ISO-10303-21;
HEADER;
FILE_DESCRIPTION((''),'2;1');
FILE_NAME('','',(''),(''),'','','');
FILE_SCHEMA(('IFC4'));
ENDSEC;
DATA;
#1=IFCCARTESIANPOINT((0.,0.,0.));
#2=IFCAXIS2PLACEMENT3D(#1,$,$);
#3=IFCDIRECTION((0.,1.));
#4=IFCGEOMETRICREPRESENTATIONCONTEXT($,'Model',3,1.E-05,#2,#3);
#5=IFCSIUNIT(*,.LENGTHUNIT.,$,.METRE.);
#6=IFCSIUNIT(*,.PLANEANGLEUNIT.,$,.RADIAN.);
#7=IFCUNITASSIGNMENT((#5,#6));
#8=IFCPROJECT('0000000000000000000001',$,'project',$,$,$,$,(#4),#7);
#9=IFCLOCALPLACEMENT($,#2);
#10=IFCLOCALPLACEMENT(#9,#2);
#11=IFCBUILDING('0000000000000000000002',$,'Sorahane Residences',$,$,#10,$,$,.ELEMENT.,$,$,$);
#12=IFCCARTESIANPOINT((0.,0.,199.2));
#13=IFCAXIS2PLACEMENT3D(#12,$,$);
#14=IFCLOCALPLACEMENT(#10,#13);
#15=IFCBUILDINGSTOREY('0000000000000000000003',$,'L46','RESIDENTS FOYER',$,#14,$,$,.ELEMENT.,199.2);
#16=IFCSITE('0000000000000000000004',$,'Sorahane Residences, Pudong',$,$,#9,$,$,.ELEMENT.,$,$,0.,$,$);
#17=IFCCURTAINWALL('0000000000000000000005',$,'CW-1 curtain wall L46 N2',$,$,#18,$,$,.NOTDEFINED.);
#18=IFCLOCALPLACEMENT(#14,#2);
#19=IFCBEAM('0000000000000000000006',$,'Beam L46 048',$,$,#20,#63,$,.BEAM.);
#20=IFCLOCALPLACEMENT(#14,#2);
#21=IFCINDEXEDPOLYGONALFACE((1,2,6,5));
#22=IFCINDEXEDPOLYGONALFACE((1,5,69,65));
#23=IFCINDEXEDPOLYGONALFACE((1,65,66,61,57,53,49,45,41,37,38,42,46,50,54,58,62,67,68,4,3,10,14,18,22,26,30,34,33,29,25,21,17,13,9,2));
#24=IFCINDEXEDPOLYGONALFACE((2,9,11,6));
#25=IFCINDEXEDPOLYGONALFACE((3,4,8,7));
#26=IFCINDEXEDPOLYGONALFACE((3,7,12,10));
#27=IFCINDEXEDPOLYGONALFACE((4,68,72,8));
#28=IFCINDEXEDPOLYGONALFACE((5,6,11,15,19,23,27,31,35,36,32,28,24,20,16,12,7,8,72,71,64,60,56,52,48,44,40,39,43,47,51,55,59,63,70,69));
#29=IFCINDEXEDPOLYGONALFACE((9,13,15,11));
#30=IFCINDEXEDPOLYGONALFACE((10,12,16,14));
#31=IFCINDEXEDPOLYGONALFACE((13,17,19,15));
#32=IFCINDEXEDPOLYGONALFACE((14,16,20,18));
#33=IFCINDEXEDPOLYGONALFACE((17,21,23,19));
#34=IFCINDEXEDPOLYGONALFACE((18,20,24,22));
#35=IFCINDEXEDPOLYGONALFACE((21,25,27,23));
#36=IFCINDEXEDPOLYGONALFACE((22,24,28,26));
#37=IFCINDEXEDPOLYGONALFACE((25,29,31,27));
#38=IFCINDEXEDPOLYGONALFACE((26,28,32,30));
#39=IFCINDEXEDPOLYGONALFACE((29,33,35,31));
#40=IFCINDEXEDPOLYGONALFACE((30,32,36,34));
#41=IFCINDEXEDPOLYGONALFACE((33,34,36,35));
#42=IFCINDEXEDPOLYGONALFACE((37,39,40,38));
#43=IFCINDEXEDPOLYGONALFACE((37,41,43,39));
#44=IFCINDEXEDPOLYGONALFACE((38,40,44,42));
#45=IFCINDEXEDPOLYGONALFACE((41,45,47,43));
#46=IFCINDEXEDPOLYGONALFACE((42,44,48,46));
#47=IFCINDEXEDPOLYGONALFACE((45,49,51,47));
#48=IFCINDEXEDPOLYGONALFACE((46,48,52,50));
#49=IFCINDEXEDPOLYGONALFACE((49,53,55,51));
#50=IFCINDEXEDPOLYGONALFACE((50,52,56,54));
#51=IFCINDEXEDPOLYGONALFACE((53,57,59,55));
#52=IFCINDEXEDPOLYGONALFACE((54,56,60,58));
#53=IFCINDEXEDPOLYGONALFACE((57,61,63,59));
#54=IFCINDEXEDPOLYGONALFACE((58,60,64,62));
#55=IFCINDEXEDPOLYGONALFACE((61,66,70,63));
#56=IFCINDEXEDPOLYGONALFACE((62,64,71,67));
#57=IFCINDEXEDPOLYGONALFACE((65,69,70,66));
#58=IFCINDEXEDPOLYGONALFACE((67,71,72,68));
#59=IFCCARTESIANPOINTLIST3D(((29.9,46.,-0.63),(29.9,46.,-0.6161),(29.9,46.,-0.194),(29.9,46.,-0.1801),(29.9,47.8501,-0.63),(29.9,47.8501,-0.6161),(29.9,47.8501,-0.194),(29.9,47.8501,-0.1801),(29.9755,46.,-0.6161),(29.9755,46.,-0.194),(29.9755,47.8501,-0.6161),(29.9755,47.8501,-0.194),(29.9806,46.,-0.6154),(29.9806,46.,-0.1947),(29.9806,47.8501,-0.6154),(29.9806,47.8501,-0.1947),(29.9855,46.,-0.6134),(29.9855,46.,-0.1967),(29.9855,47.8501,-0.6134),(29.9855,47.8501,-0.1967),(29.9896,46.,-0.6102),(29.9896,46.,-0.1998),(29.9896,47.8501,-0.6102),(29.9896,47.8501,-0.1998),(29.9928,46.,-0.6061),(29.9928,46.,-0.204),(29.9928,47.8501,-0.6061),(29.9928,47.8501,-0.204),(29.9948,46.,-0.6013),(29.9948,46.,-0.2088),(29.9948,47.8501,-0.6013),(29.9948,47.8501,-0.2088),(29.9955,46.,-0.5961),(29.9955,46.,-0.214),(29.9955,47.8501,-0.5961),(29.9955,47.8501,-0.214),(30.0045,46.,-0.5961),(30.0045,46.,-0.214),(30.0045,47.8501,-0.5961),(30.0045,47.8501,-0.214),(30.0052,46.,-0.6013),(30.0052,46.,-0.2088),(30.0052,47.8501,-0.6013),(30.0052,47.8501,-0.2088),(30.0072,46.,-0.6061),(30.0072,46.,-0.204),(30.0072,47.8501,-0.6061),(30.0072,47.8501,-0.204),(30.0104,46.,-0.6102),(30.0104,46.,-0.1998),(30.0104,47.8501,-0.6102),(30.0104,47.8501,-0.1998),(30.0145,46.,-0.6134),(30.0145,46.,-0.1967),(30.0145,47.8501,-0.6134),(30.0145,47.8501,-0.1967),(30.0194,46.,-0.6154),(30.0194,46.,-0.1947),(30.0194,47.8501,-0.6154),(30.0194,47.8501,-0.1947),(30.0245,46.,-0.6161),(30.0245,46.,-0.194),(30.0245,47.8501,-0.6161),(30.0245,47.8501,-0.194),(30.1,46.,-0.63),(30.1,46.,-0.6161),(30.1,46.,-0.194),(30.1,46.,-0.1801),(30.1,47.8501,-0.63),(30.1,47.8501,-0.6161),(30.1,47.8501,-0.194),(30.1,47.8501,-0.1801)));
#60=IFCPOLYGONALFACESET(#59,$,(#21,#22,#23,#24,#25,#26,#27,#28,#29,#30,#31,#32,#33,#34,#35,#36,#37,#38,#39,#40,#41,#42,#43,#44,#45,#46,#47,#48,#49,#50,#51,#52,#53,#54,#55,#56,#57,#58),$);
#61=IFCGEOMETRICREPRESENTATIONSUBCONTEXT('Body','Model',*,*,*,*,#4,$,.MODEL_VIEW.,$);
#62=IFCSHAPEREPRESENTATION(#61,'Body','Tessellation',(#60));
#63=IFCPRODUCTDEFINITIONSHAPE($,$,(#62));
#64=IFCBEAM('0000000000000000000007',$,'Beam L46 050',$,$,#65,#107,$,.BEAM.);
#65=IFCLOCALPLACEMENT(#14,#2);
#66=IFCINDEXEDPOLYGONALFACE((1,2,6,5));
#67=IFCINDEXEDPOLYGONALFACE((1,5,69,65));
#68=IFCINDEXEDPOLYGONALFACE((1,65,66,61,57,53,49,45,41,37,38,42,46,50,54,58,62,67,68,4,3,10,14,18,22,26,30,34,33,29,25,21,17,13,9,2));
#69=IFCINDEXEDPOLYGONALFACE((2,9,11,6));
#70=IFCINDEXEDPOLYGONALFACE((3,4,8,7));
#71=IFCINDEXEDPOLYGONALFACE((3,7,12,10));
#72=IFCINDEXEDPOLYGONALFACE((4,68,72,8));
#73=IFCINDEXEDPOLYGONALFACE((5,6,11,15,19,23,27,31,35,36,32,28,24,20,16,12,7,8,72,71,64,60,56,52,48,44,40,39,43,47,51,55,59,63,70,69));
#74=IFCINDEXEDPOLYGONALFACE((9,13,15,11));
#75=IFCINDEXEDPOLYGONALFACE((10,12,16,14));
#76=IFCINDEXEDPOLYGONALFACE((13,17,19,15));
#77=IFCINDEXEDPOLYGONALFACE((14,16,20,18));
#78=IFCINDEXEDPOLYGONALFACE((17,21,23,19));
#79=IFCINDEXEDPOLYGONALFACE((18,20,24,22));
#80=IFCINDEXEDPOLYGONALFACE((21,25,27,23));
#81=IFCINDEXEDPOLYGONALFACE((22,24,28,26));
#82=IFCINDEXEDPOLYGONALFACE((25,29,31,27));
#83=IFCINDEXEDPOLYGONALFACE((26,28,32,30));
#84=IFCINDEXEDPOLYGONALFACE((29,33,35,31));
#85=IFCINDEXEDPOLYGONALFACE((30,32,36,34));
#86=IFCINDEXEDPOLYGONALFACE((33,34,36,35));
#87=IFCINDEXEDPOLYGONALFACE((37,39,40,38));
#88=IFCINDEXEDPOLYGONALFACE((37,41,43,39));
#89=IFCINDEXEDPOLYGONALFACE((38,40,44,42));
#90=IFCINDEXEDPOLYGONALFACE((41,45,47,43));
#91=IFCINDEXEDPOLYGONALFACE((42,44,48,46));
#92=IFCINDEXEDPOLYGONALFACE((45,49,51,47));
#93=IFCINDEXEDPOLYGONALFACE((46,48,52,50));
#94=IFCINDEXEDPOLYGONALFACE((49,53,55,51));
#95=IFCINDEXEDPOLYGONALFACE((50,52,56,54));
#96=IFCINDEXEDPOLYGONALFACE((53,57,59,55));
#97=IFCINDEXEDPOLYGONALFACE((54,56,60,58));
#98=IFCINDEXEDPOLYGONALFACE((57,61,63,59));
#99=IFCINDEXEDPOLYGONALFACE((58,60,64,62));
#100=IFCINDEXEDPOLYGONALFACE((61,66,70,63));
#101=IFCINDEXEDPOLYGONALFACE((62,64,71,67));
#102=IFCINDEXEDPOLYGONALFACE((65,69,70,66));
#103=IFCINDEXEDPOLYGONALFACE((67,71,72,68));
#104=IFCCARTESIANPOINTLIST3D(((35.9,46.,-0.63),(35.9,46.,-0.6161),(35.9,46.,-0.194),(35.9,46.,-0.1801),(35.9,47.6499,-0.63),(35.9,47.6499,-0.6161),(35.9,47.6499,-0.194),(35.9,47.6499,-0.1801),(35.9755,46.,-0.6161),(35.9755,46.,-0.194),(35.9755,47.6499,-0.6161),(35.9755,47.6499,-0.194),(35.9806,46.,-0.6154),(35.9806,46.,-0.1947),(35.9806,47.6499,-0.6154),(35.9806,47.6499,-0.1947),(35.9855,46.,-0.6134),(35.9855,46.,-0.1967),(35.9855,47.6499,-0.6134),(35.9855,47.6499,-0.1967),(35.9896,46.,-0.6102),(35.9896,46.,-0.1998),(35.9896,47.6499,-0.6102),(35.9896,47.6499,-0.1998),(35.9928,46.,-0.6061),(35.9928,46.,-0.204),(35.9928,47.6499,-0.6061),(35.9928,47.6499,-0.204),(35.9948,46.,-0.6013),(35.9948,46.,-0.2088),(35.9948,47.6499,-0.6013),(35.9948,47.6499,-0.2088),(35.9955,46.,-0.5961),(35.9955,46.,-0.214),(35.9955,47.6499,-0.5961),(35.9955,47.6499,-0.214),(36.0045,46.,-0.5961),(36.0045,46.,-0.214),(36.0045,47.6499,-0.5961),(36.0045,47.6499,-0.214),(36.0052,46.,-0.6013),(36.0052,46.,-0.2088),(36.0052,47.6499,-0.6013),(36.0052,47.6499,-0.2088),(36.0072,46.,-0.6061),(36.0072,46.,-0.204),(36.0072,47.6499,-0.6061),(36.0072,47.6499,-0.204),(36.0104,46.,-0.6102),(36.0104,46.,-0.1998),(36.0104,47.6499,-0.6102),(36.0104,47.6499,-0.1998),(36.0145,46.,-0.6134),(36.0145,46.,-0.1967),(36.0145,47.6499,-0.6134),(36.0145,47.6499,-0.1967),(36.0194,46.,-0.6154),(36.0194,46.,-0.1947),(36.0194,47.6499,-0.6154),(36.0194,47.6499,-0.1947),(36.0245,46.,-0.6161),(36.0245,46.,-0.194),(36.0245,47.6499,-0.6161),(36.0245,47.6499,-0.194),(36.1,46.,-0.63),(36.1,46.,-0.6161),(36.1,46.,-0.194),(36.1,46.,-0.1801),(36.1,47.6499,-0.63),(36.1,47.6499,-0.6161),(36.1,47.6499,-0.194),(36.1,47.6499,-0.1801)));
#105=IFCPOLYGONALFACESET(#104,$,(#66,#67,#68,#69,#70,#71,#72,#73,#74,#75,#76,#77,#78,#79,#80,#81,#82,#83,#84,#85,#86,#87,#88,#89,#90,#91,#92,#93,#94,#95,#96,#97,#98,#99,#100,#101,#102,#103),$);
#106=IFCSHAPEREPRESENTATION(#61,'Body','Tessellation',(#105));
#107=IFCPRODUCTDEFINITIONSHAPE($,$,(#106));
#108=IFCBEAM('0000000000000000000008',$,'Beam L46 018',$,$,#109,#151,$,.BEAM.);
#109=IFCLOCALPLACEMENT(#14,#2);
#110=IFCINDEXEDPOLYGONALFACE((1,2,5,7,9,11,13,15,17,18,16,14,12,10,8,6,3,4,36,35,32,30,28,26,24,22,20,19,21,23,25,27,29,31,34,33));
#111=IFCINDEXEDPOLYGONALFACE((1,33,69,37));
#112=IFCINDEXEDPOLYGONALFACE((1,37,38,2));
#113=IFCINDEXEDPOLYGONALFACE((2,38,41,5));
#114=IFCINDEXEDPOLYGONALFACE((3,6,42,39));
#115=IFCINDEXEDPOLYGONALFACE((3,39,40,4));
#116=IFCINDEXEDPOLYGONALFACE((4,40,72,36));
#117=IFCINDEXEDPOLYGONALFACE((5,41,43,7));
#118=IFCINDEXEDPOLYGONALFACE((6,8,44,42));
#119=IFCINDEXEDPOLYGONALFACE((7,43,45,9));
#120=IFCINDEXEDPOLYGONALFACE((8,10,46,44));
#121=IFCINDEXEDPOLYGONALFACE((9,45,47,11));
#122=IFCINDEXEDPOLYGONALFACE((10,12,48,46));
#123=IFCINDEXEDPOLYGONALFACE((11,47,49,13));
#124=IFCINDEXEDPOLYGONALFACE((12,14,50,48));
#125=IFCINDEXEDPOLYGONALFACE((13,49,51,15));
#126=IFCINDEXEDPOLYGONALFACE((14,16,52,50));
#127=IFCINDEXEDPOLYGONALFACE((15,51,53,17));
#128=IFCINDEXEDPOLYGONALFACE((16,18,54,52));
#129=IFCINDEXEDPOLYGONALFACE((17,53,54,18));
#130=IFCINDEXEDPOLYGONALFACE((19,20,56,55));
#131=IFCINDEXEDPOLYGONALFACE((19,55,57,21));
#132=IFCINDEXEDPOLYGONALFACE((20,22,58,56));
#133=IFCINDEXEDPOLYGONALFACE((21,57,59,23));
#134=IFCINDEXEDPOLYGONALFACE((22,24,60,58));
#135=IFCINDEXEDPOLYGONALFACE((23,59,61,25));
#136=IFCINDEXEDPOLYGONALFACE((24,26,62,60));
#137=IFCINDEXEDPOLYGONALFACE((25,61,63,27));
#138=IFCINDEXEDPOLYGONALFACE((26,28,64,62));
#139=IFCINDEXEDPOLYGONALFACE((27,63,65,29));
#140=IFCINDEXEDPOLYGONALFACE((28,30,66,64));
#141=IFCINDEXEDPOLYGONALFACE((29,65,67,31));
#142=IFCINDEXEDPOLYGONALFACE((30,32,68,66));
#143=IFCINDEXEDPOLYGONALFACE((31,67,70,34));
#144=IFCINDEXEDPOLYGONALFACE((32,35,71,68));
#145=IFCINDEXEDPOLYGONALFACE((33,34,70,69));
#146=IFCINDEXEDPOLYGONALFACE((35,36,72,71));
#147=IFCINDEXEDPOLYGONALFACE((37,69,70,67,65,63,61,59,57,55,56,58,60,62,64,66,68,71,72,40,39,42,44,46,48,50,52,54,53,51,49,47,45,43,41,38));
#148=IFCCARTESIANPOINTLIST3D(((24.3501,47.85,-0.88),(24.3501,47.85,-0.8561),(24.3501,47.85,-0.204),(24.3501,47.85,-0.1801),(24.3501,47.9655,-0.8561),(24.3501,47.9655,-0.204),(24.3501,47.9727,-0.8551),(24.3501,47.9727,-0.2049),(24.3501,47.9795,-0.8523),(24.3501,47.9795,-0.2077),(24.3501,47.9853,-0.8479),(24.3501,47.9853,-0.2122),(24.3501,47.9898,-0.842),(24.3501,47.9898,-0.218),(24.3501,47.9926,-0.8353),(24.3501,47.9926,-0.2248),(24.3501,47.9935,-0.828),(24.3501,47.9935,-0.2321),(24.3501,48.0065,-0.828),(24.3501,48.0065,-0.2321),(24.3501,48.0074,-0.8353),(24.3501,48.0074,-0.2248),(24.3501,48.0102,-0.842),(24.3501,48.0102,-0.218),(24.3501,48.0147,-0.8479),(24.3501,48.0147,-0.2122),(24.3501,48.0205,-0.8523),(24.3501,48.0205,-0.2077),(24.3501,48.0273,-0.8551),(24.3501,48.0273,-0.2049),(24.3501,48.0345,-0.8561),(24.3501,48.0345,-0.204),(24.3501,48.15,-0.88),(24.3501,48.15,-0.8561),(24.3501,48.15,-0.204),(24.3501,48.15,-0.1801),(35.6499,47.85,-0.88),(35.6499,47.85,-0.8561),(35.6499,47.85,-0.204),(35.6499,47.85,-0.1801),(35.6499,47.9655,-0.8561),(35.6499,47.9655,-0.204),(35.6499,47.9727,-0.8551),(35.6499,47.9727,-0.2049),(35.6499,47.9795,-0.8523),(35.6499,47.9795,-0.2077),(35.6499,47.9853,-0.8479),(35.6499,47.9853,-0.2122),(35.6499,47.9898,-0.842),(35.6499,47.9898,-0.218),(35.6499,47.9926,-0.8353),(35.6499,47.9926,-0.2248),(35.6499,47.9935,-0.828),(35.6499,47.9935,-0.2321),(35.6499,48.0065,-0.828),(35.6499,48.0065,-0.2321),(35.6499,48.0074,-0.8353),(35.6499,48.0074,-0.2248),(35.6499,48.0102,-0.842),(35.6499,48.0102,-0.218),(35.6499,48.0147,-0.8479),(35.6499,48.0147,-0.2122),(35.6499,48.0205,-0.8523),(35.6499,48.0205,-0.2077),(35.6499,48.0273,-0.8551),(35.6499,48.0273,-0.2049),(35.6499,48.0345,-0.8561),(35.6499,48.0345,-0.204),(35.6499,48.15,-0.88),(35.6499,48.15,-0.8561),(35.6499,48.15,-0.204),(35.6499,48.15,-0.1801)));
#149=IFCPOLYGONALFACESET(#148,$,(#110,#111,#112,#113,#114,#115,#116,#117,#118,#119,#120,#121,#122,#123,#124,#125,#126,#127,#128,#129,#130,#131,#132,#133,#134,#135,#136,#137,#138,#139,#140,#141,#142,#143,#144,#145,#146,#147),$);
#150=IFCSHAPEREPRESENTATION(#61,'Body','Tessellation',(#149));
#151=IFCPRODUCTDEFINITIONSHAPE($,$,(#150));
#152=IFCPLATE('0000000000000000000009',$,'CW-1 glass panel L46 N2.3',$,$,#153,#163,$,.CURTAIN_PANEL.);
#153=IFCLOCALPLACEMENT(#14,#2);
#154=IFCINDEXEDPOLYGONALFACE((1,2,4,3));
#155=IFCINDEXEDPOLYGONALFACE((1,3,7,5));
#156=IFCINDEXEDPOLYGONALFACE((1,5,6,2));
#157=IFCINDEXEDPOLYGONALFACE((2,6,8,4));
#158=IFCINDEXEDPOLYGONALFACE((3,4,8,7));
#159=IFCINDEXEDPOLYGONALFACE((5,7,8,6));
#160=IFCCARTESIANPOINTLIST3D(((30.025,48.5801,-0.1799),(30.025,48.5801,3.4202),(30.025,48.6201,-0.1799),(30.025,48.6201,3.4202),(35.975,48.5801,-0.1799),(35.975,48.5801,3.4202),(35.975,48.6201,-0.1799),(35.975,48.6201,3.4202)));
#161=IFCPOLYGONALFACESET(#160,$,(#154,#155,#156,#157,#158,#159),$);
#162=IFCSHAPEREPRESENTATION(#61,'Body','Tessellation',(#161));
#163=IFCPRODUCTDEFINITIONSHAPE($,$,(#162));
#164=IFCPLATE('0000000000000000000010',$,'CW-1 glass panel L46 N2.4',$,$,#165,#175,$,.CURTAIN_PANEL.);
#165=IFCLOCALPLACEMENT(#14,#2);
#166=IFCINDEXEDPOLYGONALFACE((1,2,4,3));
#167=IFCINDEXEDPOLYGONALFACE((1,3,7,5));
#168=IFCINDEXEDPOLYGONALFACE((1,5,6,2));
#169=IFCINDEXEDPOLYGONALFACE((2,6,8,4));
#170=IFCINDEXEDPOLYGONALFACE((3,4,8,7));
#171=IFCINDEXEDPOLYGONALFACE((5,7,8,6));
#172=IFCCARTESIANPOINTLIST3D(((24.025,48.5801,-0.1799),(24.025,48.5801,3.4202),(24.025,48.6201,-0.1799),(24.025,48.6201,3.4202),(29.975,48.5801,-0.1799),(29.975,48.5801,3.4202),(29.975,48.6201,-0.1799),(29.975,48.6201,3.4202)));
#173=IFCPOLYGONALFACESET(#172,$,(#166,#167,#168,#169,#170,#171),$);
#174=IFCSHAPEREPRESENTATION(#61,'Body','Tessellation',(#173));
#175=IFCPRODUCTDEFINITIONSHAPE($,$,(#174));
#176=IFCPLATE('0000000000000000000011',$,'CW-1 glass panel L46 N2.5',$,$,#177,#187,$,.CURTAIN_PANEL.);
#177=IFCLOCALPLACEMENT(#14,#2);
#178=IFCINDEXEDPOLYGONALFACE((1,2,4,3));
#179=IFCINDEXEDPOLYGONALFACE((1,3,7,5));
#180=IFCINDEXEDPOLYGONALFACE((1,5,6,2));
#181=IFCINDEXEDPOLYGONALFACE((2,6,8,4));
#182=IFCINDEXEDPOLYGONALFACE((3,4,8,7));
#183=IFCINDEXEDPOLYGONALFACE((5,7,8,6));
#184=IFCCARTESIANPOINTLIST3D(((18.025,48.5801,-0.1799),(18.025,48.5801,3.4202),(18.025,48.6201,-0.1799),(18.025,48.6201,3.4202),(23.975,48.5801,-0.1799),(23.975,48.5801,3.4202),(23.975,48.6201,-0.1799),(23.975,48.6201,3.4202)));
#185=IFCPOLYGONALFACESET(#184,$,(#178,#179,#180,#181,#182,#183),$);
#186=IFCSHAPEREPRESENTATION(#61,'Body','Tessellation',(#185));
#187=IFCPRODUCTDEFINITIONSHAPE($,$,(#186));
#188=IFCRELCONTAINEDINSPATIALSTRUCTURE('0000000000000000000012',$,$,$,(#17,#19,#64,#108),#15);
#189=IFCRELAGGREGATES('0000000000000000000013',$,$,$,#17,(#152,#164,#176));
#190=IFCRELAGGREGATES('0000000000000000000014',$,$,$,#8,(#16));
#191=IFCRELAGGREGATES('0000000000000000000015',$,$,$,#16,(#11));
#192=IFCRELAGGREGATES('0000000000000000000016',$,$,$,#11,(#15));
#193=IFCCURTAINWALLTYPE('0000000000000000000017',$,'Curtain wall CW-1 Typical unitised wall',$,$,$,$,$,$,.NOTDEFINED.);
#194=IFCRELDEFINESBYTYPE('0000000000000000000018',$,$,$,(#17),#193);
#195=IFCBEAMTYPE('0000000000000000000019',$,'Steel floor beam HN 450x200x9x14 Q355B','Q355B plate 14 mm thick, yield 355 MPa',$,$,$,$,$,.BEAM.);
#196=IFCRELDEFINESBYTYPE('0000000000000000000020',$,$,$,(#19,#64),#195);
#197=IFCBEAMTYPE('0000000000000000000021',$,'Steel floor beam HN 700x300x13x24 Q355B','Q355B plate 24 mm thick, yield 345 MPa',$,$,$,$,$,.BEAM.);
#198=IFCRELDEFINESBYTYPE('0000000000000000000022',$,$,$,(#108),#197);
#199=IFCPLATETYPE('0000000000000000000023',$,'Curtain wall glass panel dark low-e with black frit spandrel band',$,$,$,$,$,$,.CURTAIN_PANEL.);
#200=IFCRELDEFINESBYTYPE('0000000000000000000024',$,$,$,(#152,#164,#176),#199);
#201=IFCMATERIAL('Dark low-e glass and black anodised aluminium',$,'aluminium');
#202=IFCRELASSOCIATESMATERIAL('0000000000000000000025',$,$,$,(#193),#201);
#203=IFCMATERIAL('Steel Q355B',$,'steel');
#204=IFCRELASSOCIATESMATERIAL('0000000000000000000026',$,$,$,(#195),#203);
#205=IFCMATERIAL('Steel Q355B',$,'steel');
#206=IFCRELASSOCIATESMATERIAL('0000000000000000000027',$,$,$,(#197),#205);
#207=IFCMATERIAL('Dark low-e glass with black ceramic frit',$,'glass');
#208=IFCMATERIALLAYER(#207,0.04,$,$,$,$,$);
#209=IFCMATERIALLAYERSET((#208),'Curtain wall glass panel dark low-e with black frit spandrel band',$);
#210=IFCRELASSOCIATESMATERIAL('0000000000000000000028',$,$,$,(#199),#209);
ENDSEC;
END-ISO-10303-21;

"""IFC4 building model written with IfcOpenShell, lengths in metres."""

from ifc_helpers import new_model, si_unit, direction, frame, origin, origin_2d, place, context, subcontext, project, spatial, rectangle, i_section, extrude, material, layer, layer_set, material_profile, profile_set, type_object, element, aggregate, save


model = new_model("IFC4")

# Units and contexts
model_context = context("Model", 3, precision=1e-05, world=origin(), true_north=direction((0.0, 1.0)))
body_context = subcontext(model_context, "Body", "Model", "MODEL_VIEW")
ifc_project = project(units=[si_unit("LENGTHUNIT", "METRE"), si_unit("PLANEANGLEUNIT", "RADIAN")], contexts=[model_context])

# Site, building, storey
site_placement = place(None, origin())
site = spatial("IfcSite", under=ifc_project, at=site_placement, Name="Sorahane Residences, Pudong", CompositionType="ELEMENT", RefElevation=0.0)
building_placement = place(site_placement, origin())
building = spatial("IfcBuilding", under=site, at=building_placement, Name="Sorahane Residences", CompositionType="ELEMENT")
storey_placement = place(building_placement, frame((0.0, 0.0, 199.2)))
storey = spatial("IfcBuildingStorey", under=building, at=storey_placement, Name="L46", Description="RESIDENTS FOYER", CompositionType="ELEMENT", Elevation=199.2)

# Curtain wall
ifc_material_1 = material(Name="Dark low-e glass and black anodised aluminium", Category="aluminium")
curtain_wall_type = type_object("IfcCurtainWallType", Name="Curtain wall CW-1 Typical unitised wall", PredefinedType="NOTDEFINED", material=ifc_material_1)
curtain_wall_placement = place(storey_placement, origin())
curtain_wall = element("IfcCurtainWall", 1, at=curtain_wall_placement, inside=storey, type_object=curtain_wall_type, Name="CW-1 curtain wall L46 N2", PredefinedType="NOTDEFINED")

# Beams
ifc_material_2 = material(Name="Steel Q355B", Category="steel")
ifc_material_profile_1 = material_profile(ifc_material_2, i_section(OverallWidth=0.2, OverallDepth=0.45, WebThickness=0.009, FlangeThickness=0.0139, FilletRadius=0.02, at=origin_2d()), Name="HN 450x200x9x14")
ifc_profile_set_1 = profile_set([ifc_material_profile_1], Name="Steel Q355B")
beam_type_1 = type_object("IfcBeamType", Name="Steel floor beam HN 450x200x9x14 Q355B", Description="Q355B plate 14 mm thick, yield 355 MPa", PredefinedType="BEAM", material=ifc_profile_set_1)
beam_1_placement = place(storey_placement, frame((30.0, 46.0, -0.405), z_axis=(0.0, 1.0, 0.0), x_axis=(-1.0, 0.0, 0.0)))
element("IfcBeam", 2, at=beam_1_placement, inside=storey, type_object=beam_type_1, Name="Beam L46 048", PredefinedType="BEAM", context=body_context, shape_type="SweptSolid", body=[
    extrude(i_section(OverallWidth=0.2, OverallDepth=0.45, WebThickness=0.009, FlangeThickness=0.0139, FilletRadius=0.02, at=origin_2d()), origin(), (0.0, 0.0, 1.0), 1.8501),
])
beam_2_placement = place(storey_placement, frame((36.0, 46.0, -0.405), z_axis=(0.0, 1.0, 0.0), x_axis=(-1.0, 0.0, 0.0)))
element("IfcBeam", 3, at=beam_2_placement, inside=storey, type_object=beam_type_1, Name="Beam L46 050", PredefinedType="BEAM", context=body_context, shape_type="SweptSolid", body=[
    extrude(i_section(OverallWidth=0.2, OverallDepth=0.45, WebThickness=0.009, FlangeThickness=0.0139, FilletRadius=0.02, at=origin_2d()), origin(), (0.0, 0.0, 1.0), 1.6499),
])
ifc_material_3 = material(Name="Steel Q355B", Category="steel")
ifc_material_profile_2 = material_profile(ifc_material_3, i_section(OverallWidth=0.3, OverallDepth=0.7, WebThickness=0.0129, FlangeThickness=0.0239, FilletRadius=0.0281, at=origin_2d()), Name="HN 700x300x13x24")
ifc_profile_set_2 = profile_set([ifc_material_profile_2], Name="Steel Q355B")
beam_type_2 = type_object("IfcBeamType", Name="Steel floor beam HN 700x300x13x24 Q355B", Description="Q355B plate 24 mm thick, yield 345 MPa", PredefinedType="BEAM", material=ifc_profile_set_2)
beam_3_placement = place(storey_placement, frame((24.3501, 48.0, -0.53), z_axis=(1.0, 0.0, 0.0), x_axis=(0.0, 1.0, 0.0)))
element("IfcBeam", 4, at=beam_3_placement, inside=storey, type_object=beam_type_2, Name="Beam L46 018", PredefinedType="BEAM", context=body_context, shape_type="SweptSolid", body=[
    extrude(i_section(OverallWidth=0.3, OverallDepth=0.7, WebThickness=0.0129, FlangeThickness=0.0239, FilletRadius=0.0281, at=origin_2d()), origin(), (0.0, 0.0, 1.0), 11.2998),
])

# Plates
ifc_material_4 = material(Name="Dark low-e glass with black ceramic frit", Category="glass")
ifc_layer_1 = layer(ifc_material_4, 0.04)
ifc_layer_set_1 = layer_set([ifc_layer_1], Name="Curtain wall glass panel dark low-e with black frit spandrel band")
plate_type = type_object("IfcPlateType", Name="Curtain wall glass panel dark low-e with black frit spandrel band", PredefinedType="CURTAIN_PANEL", material=ifc_layer_set_1)
plate_1_placement = place(storey_placement, frame((33.0, 48.6001, -0.1799), z_axis=(0.0, 0.0, 1.0), x_axis=(-1.0, 0.0, 0.0)))
plate_1 = element("IfcPlate", 5, at=plate_1_placement, type_object=plate_type, Name="CW-1 glass panel L46 N2.3", PredefinedType="CURTAIN_PANEL", context=body_context, shape_type="SweptSolid", body=[
    extrude(rectangle(XDim=5.95, YDim=0.04, at=origin_2d()), origin(), (0.0, 0.0, 1.0), 3.6001),
])
plate_2_placement = place(storey_placement, frame((27.0, 48.6001, -0.1799), z_axis=(0.0, 0.0, 1.0), x_axis=(-1.0, 0.0, 0.0)))
plate_2 = element("IfcPlate", 6, at=plate_2_placement, type_object=plate_type, Name="CW-1 glass panel L46 N2.4", PredefinedType="CURTAIN_PANEL", context=body_context, shape_type="SweptSolid", body=[
    extrude(rectangle(XDim=5.95, YDim=0.04, at=origin_2d()), origin(), (0.0, 0.0, 1.0), 3.6001),
])
plate_3_placement = place(storey_placement, frame((21.0, 48.6001, -0.1799), z_axis=(0.0, 0.0, 1.0), x_axis=(-1.0, 0.0, 0.0)))
plate_3 = element("IfcPlate", 7, at=plate_3_placement, type_object=plate_type, Name="CW-1 glass panel L46 N2.5", PredefinedType="CURTAIN_PANEL", context=body_context, shape_type="SweptSolid", body=[
    extrude(rectangle(XDim=5.95, YDim=0.04, at=origin_2d()), origin(), (0.0, 0.0, 1.0), 3.6001),
])
aggregate(curtain_wall, [plate_1, plate_2, plate_3])

save(model, "model.ifc")
